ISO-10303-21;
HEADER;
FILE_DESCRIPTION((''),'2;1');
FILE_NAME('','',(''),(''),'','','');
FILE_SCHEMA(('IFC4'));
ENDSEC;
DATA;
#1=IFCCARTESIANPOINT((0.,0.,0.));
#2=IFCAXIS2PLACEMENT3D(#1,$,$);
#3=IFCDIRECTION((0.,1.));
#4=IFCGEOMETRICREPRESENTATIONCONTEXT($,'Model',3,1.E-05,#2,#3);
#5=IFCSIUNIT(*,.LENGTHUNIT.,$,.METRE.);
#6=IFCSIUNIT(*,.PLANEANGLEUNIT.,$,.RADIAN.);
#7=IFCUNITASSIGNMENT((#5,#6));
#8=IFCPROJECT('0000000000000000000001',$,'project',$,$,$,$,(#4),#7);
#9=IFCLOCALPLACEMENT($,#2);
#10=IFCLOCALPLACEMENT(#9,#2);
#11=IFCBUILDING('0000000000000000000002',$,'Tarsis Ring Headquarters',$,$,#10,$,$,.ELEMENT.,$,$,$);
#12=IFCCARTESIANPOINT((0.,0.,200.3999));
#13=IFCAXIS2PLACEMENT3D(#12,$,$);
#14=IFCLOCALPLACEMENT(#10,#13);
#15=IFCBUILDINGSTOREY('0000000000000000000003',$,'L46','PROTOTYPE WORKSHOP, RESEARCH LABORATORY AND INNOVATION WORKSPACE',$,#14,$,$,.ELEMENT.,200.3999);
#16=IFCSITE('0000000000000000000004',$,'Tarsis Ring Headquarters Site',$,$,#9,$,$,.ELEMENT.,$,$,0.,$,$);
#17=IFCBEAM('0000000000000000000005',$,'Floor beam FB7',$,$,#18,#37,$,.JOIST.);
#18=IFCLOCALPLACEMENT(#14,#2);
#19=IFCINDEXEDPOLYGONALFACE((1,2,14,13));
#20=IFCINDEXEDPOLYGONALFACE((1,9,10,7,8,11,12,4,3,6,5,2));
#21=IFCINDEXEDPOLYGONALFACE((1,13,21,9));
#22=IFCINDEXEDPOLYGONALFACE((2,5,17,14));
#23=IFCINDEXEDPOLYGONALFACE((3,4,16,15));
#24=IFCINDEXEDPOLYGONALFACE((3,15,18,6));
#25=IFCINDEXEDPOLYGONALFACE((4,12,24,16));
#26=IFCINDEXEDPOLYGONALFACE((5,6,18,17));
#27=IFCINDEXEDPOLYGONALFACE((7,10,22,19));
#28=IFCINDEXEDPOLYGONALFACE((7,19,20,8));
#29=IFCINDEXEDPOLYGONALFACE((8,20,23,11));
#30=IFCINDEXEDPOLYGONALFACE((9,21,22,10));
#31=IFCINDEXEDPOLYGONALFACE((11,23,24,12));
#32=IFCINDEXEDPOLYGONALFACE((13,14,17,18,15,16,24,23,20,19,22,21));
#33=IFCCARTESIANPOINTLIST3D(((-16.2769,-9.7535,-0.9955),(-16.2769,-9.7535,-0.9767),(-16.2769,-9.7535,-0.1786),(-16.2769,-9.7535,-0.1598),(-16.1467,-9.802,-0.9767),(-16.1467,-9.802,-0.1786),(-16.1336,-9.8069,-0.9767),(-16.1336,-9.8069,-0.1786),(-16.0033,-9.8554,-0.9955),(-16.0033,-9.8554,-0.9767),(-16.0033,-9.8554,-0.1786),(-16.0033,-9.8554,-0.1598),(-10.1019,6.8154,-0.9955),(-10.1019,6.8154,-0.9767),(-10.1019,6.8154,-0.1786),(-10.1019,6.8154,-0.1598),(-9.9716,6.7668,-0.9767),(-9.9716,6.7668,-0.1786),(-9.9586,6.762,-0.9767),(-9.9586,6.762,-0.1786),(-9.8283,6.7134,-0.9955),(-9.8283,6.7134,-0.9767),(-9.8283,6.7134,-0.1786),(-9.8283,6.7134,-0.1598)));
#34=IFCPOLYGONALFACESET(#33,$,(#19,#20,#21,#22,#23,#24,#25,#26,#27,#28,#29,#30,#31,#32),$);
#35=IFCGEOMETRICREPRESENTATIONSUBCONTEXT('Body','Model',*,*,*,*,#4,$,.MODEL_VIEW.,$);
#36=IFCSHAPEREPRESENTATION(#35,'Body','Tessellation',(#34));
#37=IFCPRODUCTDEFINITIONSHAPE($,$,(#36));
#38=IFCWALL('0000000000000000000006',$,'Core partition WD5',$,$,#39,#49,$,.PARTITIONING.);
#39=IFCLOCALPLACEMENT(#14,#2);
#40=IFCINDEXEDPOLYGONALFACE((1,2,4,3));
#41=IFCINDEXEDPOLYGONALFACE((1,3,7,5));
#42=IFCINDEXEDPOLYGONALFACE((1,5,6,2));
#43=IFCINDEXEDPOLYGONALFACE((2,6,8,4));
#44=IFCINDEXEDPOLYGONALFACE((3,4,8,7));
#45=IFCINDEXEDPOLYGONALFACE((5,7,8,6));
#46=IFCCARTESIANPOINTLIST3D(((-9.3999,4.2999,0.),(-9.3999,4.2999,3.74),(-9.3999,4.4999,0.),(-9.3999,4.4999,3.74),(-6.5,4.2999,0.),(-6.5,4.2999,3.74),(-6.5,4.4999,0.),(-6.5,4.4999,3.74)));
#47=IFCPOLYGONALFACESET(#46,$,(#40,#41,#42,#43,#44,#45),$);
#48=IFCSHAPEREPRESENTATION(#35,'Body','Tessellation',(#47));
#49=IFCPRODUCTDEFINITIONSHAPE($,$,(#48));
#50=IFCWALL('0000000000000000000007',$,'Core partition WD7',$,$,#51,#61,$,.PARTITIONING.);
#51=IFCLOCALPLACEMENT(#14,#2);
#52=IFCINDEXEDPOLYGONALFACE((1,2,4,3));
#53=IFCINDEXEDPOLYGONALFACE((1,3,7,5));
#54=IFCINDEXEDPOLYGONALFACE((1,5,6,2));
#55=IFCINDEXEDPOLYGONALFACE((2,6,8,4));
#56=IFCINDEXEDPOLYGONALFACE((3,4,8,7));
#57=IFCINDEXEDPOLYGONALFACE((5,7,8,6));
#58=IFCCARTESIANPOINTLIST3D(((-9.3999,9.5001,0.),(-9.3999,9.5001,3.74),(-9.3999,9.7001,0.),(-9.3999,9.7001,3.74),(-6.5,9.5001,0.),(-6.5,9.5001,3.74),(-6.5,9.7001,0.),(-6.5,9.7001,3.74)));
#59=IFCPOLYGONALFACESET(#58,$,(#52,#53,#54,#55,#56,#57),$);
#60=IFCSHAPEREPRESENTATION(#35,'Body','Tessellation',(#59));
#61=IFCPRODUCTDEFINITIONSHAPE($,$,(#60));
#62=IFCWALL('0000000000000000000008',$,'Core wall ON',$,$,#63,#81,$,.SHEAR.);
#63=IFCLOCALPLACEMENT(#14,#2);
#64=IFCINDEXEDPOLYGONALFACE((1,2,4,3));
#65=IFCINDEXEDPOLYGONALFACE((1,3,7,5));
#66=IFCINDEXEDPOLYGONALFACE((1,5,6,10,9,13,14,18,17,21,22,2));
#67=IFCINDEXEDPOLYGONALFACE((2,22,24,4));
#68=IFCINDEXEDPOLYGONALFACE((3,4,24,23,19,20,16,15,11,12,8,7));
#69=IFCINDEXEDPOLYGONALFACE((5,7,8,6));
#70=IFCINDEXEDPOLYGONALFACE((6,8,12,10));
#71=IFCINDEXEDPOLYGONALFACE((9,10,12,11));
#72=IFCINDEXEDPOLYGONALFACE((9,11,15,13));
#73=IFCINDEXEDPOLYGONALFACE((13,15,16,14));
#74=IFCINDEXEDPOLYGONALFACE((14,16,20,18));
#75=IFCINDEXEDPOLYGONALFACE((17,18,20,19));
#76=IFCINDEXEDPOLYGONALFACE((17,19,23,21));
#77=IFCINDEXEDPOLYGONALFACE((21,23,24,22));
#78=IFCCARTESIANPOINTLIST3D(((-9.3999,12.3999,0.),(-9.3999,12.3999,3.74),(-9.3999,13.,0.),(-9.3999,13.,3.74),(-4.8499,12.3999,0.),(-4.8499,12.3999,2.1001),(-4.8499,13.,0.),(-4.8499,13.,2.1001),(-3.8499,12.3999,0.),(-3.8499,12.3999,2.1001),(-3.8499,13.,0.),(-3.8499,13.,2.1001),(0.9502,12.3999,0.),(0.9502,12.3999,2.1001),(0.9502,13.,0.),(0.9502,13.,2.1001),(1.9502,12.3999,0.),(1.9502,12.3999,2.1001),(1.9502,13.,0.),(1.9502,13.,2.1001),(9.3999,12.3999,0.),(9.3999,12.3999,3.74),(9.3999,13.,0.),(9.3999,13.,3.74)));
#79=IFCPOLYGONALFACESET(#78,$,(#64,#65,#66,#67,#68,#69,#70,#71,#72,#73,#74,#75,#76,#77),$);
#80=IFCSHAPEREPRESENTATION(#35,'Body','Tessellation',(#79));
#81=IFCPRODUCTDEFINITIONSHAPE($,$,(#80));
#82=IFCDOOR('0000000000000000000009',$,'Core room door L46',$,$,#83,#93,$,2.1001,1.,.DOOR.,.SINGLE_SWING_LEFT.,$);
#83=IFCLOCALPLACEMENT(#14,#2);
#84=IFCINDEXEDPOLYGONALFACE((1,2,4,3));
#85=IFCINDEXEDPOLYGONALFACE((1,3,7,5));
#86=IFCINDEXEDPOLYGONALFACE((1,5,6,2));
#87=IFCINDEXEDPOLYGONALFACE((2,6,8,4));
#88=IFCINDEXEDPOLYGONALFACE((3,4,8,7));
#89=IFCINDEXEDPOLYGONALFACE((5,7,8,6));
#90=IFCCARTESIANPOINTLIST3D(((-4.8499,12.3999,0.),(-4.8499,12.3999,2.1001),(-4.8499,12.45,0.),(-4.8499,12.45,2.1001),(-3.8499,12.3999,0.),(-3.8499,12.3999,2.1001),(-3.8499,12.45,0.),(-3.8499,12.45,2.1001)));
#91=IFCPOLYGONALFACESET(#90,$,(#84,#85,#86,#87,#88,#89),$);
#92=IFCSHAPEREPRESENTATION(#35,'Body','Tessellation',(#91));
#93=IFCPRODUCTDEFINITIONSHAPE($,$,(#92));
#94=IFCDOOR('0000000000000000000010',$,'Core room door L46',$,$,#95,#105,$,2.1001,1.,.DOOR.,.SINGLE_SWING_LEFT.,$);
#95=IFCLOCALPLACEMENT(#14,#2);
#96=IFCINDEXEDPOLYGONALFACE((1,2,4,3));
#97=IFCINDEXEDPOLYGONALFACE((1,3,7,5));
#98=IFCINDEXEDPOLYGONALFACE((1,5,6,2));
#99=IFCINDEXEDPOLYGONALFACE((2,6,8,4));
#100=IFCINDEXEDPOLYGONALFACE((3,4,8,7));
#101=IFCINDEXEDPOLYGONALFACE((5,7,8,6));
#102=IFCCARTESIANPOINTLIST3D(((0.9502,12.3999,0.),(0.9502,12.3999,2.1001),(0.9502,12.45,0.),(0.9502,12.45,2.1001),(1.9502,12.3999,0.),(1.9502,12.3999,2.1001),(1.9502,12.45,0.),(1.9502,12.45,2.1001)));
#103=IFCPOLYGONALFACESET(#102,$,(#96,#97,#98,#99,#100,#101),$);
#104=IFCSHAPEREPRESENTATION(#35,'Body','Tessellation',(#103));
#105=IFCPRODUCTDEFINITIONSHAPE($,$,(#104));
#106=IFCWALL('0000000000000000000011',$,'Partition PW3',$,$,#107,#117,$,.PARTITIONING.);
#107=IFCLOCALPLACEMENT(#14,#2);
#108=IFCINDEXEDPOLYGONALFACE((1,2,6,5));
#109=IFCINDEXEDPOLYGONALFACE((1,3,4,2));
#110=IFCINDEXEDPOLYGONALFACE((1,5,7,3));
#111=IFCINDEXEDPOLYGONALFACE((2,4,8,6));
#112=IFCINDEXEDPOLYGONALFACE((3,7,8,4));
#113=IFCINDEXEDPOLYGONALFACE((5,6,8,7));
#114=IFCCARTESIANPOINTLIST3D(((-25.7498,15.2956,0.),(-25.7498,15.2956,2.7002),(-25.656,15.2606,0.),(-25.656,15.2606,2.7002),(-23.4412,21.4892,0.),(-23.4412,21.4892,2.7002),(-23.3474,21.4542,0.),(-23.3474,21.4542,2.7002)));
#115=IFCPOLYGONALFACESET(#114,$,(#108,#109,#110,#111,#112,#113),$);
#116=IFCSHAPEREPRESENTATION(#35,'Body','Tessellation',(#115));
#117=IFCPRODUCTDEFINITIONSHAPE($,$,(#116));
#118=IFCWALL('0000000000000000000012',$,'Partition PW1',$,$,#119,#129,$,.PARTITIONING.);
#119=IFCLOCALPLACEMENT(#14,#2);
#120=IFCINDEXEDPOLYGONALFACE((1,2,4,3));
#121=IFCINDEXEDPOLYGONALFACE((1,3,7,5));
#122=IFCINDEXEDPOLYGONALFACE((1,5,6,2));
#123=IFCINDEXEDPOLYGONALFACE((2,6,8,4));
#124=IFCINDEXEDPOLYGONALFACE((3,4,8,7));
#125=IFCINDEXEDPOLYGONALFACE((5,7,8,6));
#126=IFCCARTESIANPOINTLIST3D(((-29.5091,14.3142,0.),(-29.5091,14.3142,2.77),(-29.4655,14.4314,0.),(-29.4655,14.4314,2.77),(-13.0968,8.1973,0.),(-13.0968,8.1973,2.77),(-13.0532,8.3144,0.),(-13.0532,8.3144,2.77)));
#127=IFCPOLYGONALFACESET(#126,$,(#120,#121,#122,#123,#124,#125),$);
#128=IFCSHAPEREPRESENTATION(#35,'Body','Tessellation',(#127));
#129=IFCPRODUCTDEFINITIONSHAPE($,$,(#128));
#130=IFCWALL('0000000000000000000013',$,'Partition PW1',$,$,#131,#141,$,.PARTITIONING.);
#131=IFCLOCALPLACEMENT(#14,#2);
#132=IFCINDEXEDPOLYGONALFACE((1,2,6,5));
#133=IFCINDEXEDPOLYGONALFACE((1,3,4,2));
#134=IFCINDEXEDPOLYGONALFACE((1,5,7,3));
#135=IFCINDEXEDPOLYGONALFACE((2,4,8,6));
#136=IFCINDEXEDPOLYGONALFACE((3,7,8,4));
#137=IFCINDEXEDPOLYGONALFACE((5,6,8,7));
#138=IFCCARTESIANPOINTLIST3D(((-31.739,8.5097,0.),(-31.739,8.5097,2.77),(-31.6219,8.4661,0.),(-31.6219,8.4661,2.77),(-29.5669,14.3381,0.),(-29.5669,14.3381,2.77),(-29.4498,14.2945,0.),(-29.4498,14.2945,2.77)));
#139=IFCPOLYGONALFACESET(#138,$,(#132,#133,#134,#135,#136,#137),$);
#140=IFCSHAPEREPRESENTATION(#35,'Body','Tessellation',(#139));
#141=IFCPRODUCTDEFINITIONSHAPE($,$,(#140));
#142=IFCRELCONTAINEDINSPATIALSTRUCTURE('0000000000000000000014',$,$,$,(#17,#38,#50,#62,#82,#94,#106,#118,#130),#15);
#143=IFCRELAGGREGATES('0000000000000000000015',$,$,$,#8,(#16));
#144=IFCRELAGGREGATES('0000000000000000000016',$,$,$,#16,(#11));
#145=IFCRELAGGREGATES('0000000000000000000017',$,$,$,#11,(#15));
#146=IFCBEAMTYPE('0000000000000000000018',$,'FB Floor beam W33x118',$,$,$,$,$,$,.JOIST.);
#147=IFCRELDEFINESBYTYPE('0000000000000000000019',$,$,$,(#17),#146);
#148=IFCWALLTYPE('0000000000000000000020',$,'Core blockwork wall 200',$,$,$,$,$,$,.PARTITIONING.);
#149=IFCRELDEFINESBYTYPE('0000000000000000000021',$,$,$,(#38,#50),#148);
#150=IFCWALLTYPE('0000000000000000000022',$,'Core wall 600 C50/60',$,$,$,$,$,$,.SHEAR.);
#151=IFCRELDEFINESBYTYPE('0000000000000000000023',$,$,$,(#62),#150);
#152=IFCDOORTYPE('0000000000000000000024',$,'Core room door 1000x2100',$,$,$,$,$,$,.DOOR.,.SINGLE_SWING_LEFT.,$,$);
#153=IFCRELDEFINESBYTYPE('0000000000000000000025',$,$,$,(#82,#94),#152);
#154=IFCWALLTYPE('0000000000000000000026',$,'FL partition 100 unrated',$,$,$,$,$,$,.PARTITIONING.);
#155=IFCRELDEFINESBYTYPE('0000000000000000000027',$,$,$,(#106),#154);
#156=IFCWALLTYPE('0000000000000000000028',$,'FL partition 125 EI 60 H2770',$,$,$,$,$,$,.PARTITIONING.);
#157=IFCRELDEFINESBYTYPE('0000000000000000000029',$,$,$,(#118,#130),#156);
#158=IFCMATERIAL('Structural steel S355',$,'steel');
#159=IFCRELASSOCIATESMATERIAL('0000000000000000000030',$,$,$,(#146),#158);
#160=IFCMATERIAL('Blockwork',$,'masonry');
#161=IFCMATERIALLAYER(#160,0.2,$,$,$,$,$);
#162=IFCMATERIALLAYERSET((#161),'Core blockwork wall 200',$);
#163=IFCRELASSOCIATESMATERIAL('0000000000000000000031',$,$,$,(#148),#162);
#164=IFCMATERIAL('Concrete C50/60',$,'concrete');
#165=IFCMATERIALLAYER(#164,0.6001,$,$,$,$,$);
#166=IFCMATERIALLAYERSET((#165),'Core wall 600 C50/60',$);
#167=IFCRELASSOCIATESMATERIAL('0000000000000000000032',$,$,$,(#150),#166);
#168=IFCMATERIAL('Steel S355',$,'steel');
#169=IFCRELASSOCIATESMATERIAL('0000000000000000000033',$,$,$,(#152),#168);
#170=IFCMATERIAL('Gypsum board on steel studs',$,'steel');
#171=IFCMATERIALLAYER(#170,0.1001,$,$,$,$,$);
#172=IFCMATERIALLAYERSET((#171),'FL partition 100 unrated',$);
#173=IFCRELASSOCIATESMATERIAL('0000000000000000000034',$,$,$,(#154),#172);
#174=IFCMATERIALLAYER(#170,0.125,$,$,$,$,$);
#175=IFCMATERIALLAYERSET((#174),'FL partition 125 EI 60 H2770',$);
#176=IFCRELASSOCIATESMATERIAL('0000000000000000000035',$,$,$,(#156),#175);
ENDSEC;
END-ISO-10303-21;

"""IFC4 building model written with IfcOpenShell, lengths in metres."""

from ifc_helpers import new_model, si_unit, direction, frame, frame_2d, origin, origin_2d, place, context, subcontext, project, spatial, rectangle, i_section, extrude, material, layer, layer_set, material_profile, profile_set, type_object, element, fill, save


model = new_model("IFC4")

# Units and contexts
model_context = context("Model", 3, precision=1e-05, world=origin(), true_north=direction((0.0, 1.0)))
body_context = subcontext(model_context, "Body", "Model", "MODEL_VIEW")
ifc_project = project(units=[si_unit("LENGTHUNIT", "METRE"), si_unit("PLANEANGLEUNIT", "RADIAN")], contexts=[model_context])

# Site, building, storey
site_placement = place(None, origin())
site = spatial("IfcSite", under=ifc_project, at=site_placement, Name="Tarsis Ring Headquarters Site", CompositionType="ELEMENT", RefElevation=0.0)
building_placement = place(site_placement, origin())
building = spatial("IfcBuilding", under=site, at=building_placement, Name="Tarsis Ring Headquarters", CompositionType="ELEMENT")
storey_placement = place(building_placement, frame((0.0, 0.0, 200.3999)))
storey = spatial("IfcBuildingStorey", under=building, at=storey_placement, Name="L46", Description="PROTOTYPE WORKSHOP, RESEARCH LABORATORY AND INNOVATION WORKSPACE", CompositionType="ELEMENT", Elevation=200.3999)

# Beam
ifc_material_1 = material(Name="Structural steel S355", Category="steel")
ifc_material_profile = material_profile(ifc_material_1, i_section(OverallWidth=0.292, OverallDepth=0.8357, WebThickness=0.0139, FlangeThickness=0.0188, at=origin_2d()), Name="W33x118")
ifc_profile_set = profile_set([ifc_material_profile], Name="Structural steel S355")
beam_type = type_object("IfcBeamType", Name="FB Floor beam W33x118", PredefinedType="JOIST", material=ifc_profile_set)
beam_placement = place(storey_placement, frame((-9.9651, 6.7644, -0.5776), z_axis=(-0.349225, -0.937039, 0.0), x_axis=(0.937039, -0.349225, 0.0)))
element("IfcBeam", 1, at=beam_placement, inside=storey, type_object=beam_type, Name="Floor beam FB7", PredefinedType="JOIST", context=body_context, shape_type="SweptSolid", body=[
    extrude(i_section(OverallWidth=0.292, OverallDepth=0.8357, WebThickness=0.0139, FlangeThickness=0.0188, at=origin_2d()), origin(), (0.0, 0.0, 1.0), 17.6821),
])

# Walls
ifc_material_2 = material(Name="Blockwork", Category="masonry")
ifc_layer_1 = layer(ifc_material_2, 0.2)
ifc_layer_set_1 = layer_set([ifc_layer_1], Name="Core blockwork wall 200")
wall_type_1 = type_object("IfcWallType", Name="Core blockwork wall 200", PredefinedType="PARTITIONING", material=ifc_layer_set_1)
for number, where, z_axis, x_axis, name in (
    (2, (-9.3999, 4.3999, 0.0), (0.0, 0.0, 1.0), (1.0, 0.0, 0.0), "Core partition WD5"),
    (3, (-9.3999, 9.6001, 0.0), (0.0, 0.0, 1.0), (1.0, 0.0, 0.0), "Core partition WD7"),
):
    element("IfcWall", number, at=place(storey_placement, frame(where, z_axis=z_axis, x_axis=x_axis)), inside=storey, type_object=wall_type_1, Name=name, PredefinedType="PARTITIONING", context=body_context, shape_type="SweptSolid", body=[
        extrude(rectangle(XDim=2.8999, YDim=0.2, at=frame_2d((1.45, 0.0))), origin(), (0.0, 0.0, 1.0), 3.74),
    ])

# Wall, openings, doors
ifc_material_3 = material(Name="Concrete C50/60", Category="concrete")
ifc_layer_2 = layer(ifc_material_3, 0.6001)
ifc_layer_set_2 = layer_set([ifc_layer_2], Name="Core wall 600 C50/60")
wall_type_2 = type_object("IfcWallType", Name="Core wall 600 C50/60", PredefinedType="SHEAR", material=ifc_layer_set_2)
wall_1_placement = place(storey_placement, frame((-9.3999, 12.7, 0.0), z_axis=(0.0, 0.0, 1.0), x_axis=(1.0, 0.0, 0.0)))
wall_1 = element("IfcWall", 4, at=wall_1_placement, inside=storey, type_object=wall_type_2, Name="Core wall ON", PredefinedType="SHEAR", context=body_context, shape_type="SweptSolid", body=[
    extrude(rectangle(XDim=18.7998, YDim=0.6001, at=frame_2d((9.3999, 0.0))), origin(), (0.0, 0.0, 1.0), 3.74),
])
opening_1_placement = place(wall_1_placement, frame((4.55, 0.0, 0.0)))
opening_1 = element("IfcOpeningElement", 5, at=opening_1_placement, cuts=wall_1, PredefinedType="OPENING", context=body_context, shape_type="SweptSolid", body=[
    extrude(rectangle(XDim=1.0, YDim=2.1001, at=frame_2d((0.5, 1.05))), frame((0.0, 0.3101, 0.0), z_axis=(0.0, -1.0, 0.0), x_axis=(1.0, 0.0, 0.0)), (0.0, 0.0, 1.0), 0.6201),
])
opening_2_placement = place(wall_1_placement, frame((10.3501, 0.0, 0.0)))
opening_2 = element("IfcOpeningElement", 6, at=opening_2_placement, cuts=wall_1, PredefinedType="OPENING", context=body_context, shape_type="SweptSolid", body=[
    extrude(rectangle(XDim=1.0, YDim=2.1001, at=frame_2d((0.5, 1.05))), frame((0.0, 0.3101, 0.0), z_axis=(0.0, -1.0, 0.0), x_axis=(1.0, 0.0, 0.0)), (0.0, 0.0, 1.0), 0.6201),
])
ifc_material_4 = material(Name="Steel S355", Category="steel")
door_type_1 = type_object("IfcDoorType", Name="Core room door 1000x2100", OperationType="SINGLE_SWING_LEFT", PredefinedType="DOOR", material=ifc_material_4)
door_1_placement = place(opening_1_placement, origin())
door_1 = element("IfcDoor", 7, at=door_1_placement, inside=storey, type_object=door_type_1, Name="Core room door L46", OperationType="SINGLE_SWING_LEFT", OverallHeight=2.1001, OverallWidth=1.0, PredefinedType="DOOR", context=body_context, shape_type="SweptSolid", body=[
    extrude(rectangle(XDim=1.0, YDim=2.1001, at=frame_2d((0.5, 1.05))), frame((0.0, -0.25, 0.0), z_axis=(0.0, -1.0, 0.0), x_axis=(1.0, 0.0, 0.0)), (0.0, 0.0, 1.0), 0.05),
])
fill(opening_1, door_1)
door_2_placement = place(opening_2_placement, origin())
door_2 = element("IfcDoor", 8, at=door_2_placement, inside=storey, type_object=door_type_1, Name="Core room door L46", OperationType="SINGLE_SWING_LEFT", OverallHeight=2.1001, OverallWidth=1.0, PredefinedType="DOOR", context=body_context, shape_type="SweptSolid", body=[
    extrude(rectangle(XDim=1.0, YDim=2.1001, at=frame_2d((0.5, 1.05))), frame((0.0, -0.25, 0.0), z_axis=(0.0, -1.0, 0.0), x_axis=(1.0, 0.0, 0.0)), (0.0, 0.0, 1.0), 0.05),
])
fill(opening_2, door_2)

# Walls
ifc_material_5 = material(Name="Gypsum board on steel studs", Category="steel")
ifc_layer_3 = layer(ifc_material_5, 0.1001)
ifc_layer_set_3 = layer_set([ifc_layer_3], Name="FL partition 100 unrated")
wall_type_3 = type_object("IfcWallType", Name="FL partition 100 unrated", PredefinedType="PARTITIONING", material=ifc_layer_set_3)
wall_2_placement = place(storey_placement, frame((-25.7029, 15.2781, 0.0), z_axis=(0.0, 0.0, 1.0), x_axis=(0.349265, 0.937024, 0.0)))
element("IfcWall", 9, at=wall_2_placement, inside=storey, type_object=wall_type_3, Name="Partition PW3", PredefinedType="PARTITIONING", context=body_context, shape_type="SweptSolid", body=[
    extrude(rectangle(XDim=6.6099, YDim=0.1001, at=frame_2d((3.3049, 0.0))), origin(), (0.0, 0.0, 1.0), 2.7002),
])
ifc_layer_4 = layer(ifc_material_5, 0.125)
ifc_layer_set_4 = layer_set([ifc_layer_4], Name="FL partition 125 EI 60 H2770")
wall_type_4 = type_object("IfcWallType", Name="FL partition 125 EI 60 H2770", PredefinedType="PARTITIONING", material=ifc_layer_set_4)
wall_3_placement = place(storey_placement, frame((-29.4873, 14.3728, 0.0), z_axis=(0.0, 0.0, 1.0), x_axis=(0.937035, -0.349236, 0.0)))
element("IfcWall", 10, at=wall_3_placement, inside=storey, type_object=wall_type_4, Name="Partition PW1", PredefinedType="PARTITIONING", context=body_context, shape_type="SweptSolid", body=[
    extrude(rectangle(XDim=17.5151, YDim=0.125, at=frame_2d((8.7576, 0.0))), origin(), (0.0, 0.0, 1.0), 2.77),
])
wall_4_placement = place(storey_placement, frame((-31.6804, 8.488, 0.0), z_axis=(0.0, 0.0, 1.0), x_axis=(0.349217, 0.937042, 0.0)))
element("IfcWall", 11, at=wall_4_placement, inside=storey, type_object=wall_type_4, Name="Partition PW1", PredefinedType="PARTITIONING", context=body_context, shape_type="SweptSolid", body=[
    extrude(rectangle(XDim=6.22, YDim=0.125, at=frame_2d((3.1099, 0.0))), origin(), (0.0, 0.0, 1.0), 2.77),
])

save(model, "model.ifc")
